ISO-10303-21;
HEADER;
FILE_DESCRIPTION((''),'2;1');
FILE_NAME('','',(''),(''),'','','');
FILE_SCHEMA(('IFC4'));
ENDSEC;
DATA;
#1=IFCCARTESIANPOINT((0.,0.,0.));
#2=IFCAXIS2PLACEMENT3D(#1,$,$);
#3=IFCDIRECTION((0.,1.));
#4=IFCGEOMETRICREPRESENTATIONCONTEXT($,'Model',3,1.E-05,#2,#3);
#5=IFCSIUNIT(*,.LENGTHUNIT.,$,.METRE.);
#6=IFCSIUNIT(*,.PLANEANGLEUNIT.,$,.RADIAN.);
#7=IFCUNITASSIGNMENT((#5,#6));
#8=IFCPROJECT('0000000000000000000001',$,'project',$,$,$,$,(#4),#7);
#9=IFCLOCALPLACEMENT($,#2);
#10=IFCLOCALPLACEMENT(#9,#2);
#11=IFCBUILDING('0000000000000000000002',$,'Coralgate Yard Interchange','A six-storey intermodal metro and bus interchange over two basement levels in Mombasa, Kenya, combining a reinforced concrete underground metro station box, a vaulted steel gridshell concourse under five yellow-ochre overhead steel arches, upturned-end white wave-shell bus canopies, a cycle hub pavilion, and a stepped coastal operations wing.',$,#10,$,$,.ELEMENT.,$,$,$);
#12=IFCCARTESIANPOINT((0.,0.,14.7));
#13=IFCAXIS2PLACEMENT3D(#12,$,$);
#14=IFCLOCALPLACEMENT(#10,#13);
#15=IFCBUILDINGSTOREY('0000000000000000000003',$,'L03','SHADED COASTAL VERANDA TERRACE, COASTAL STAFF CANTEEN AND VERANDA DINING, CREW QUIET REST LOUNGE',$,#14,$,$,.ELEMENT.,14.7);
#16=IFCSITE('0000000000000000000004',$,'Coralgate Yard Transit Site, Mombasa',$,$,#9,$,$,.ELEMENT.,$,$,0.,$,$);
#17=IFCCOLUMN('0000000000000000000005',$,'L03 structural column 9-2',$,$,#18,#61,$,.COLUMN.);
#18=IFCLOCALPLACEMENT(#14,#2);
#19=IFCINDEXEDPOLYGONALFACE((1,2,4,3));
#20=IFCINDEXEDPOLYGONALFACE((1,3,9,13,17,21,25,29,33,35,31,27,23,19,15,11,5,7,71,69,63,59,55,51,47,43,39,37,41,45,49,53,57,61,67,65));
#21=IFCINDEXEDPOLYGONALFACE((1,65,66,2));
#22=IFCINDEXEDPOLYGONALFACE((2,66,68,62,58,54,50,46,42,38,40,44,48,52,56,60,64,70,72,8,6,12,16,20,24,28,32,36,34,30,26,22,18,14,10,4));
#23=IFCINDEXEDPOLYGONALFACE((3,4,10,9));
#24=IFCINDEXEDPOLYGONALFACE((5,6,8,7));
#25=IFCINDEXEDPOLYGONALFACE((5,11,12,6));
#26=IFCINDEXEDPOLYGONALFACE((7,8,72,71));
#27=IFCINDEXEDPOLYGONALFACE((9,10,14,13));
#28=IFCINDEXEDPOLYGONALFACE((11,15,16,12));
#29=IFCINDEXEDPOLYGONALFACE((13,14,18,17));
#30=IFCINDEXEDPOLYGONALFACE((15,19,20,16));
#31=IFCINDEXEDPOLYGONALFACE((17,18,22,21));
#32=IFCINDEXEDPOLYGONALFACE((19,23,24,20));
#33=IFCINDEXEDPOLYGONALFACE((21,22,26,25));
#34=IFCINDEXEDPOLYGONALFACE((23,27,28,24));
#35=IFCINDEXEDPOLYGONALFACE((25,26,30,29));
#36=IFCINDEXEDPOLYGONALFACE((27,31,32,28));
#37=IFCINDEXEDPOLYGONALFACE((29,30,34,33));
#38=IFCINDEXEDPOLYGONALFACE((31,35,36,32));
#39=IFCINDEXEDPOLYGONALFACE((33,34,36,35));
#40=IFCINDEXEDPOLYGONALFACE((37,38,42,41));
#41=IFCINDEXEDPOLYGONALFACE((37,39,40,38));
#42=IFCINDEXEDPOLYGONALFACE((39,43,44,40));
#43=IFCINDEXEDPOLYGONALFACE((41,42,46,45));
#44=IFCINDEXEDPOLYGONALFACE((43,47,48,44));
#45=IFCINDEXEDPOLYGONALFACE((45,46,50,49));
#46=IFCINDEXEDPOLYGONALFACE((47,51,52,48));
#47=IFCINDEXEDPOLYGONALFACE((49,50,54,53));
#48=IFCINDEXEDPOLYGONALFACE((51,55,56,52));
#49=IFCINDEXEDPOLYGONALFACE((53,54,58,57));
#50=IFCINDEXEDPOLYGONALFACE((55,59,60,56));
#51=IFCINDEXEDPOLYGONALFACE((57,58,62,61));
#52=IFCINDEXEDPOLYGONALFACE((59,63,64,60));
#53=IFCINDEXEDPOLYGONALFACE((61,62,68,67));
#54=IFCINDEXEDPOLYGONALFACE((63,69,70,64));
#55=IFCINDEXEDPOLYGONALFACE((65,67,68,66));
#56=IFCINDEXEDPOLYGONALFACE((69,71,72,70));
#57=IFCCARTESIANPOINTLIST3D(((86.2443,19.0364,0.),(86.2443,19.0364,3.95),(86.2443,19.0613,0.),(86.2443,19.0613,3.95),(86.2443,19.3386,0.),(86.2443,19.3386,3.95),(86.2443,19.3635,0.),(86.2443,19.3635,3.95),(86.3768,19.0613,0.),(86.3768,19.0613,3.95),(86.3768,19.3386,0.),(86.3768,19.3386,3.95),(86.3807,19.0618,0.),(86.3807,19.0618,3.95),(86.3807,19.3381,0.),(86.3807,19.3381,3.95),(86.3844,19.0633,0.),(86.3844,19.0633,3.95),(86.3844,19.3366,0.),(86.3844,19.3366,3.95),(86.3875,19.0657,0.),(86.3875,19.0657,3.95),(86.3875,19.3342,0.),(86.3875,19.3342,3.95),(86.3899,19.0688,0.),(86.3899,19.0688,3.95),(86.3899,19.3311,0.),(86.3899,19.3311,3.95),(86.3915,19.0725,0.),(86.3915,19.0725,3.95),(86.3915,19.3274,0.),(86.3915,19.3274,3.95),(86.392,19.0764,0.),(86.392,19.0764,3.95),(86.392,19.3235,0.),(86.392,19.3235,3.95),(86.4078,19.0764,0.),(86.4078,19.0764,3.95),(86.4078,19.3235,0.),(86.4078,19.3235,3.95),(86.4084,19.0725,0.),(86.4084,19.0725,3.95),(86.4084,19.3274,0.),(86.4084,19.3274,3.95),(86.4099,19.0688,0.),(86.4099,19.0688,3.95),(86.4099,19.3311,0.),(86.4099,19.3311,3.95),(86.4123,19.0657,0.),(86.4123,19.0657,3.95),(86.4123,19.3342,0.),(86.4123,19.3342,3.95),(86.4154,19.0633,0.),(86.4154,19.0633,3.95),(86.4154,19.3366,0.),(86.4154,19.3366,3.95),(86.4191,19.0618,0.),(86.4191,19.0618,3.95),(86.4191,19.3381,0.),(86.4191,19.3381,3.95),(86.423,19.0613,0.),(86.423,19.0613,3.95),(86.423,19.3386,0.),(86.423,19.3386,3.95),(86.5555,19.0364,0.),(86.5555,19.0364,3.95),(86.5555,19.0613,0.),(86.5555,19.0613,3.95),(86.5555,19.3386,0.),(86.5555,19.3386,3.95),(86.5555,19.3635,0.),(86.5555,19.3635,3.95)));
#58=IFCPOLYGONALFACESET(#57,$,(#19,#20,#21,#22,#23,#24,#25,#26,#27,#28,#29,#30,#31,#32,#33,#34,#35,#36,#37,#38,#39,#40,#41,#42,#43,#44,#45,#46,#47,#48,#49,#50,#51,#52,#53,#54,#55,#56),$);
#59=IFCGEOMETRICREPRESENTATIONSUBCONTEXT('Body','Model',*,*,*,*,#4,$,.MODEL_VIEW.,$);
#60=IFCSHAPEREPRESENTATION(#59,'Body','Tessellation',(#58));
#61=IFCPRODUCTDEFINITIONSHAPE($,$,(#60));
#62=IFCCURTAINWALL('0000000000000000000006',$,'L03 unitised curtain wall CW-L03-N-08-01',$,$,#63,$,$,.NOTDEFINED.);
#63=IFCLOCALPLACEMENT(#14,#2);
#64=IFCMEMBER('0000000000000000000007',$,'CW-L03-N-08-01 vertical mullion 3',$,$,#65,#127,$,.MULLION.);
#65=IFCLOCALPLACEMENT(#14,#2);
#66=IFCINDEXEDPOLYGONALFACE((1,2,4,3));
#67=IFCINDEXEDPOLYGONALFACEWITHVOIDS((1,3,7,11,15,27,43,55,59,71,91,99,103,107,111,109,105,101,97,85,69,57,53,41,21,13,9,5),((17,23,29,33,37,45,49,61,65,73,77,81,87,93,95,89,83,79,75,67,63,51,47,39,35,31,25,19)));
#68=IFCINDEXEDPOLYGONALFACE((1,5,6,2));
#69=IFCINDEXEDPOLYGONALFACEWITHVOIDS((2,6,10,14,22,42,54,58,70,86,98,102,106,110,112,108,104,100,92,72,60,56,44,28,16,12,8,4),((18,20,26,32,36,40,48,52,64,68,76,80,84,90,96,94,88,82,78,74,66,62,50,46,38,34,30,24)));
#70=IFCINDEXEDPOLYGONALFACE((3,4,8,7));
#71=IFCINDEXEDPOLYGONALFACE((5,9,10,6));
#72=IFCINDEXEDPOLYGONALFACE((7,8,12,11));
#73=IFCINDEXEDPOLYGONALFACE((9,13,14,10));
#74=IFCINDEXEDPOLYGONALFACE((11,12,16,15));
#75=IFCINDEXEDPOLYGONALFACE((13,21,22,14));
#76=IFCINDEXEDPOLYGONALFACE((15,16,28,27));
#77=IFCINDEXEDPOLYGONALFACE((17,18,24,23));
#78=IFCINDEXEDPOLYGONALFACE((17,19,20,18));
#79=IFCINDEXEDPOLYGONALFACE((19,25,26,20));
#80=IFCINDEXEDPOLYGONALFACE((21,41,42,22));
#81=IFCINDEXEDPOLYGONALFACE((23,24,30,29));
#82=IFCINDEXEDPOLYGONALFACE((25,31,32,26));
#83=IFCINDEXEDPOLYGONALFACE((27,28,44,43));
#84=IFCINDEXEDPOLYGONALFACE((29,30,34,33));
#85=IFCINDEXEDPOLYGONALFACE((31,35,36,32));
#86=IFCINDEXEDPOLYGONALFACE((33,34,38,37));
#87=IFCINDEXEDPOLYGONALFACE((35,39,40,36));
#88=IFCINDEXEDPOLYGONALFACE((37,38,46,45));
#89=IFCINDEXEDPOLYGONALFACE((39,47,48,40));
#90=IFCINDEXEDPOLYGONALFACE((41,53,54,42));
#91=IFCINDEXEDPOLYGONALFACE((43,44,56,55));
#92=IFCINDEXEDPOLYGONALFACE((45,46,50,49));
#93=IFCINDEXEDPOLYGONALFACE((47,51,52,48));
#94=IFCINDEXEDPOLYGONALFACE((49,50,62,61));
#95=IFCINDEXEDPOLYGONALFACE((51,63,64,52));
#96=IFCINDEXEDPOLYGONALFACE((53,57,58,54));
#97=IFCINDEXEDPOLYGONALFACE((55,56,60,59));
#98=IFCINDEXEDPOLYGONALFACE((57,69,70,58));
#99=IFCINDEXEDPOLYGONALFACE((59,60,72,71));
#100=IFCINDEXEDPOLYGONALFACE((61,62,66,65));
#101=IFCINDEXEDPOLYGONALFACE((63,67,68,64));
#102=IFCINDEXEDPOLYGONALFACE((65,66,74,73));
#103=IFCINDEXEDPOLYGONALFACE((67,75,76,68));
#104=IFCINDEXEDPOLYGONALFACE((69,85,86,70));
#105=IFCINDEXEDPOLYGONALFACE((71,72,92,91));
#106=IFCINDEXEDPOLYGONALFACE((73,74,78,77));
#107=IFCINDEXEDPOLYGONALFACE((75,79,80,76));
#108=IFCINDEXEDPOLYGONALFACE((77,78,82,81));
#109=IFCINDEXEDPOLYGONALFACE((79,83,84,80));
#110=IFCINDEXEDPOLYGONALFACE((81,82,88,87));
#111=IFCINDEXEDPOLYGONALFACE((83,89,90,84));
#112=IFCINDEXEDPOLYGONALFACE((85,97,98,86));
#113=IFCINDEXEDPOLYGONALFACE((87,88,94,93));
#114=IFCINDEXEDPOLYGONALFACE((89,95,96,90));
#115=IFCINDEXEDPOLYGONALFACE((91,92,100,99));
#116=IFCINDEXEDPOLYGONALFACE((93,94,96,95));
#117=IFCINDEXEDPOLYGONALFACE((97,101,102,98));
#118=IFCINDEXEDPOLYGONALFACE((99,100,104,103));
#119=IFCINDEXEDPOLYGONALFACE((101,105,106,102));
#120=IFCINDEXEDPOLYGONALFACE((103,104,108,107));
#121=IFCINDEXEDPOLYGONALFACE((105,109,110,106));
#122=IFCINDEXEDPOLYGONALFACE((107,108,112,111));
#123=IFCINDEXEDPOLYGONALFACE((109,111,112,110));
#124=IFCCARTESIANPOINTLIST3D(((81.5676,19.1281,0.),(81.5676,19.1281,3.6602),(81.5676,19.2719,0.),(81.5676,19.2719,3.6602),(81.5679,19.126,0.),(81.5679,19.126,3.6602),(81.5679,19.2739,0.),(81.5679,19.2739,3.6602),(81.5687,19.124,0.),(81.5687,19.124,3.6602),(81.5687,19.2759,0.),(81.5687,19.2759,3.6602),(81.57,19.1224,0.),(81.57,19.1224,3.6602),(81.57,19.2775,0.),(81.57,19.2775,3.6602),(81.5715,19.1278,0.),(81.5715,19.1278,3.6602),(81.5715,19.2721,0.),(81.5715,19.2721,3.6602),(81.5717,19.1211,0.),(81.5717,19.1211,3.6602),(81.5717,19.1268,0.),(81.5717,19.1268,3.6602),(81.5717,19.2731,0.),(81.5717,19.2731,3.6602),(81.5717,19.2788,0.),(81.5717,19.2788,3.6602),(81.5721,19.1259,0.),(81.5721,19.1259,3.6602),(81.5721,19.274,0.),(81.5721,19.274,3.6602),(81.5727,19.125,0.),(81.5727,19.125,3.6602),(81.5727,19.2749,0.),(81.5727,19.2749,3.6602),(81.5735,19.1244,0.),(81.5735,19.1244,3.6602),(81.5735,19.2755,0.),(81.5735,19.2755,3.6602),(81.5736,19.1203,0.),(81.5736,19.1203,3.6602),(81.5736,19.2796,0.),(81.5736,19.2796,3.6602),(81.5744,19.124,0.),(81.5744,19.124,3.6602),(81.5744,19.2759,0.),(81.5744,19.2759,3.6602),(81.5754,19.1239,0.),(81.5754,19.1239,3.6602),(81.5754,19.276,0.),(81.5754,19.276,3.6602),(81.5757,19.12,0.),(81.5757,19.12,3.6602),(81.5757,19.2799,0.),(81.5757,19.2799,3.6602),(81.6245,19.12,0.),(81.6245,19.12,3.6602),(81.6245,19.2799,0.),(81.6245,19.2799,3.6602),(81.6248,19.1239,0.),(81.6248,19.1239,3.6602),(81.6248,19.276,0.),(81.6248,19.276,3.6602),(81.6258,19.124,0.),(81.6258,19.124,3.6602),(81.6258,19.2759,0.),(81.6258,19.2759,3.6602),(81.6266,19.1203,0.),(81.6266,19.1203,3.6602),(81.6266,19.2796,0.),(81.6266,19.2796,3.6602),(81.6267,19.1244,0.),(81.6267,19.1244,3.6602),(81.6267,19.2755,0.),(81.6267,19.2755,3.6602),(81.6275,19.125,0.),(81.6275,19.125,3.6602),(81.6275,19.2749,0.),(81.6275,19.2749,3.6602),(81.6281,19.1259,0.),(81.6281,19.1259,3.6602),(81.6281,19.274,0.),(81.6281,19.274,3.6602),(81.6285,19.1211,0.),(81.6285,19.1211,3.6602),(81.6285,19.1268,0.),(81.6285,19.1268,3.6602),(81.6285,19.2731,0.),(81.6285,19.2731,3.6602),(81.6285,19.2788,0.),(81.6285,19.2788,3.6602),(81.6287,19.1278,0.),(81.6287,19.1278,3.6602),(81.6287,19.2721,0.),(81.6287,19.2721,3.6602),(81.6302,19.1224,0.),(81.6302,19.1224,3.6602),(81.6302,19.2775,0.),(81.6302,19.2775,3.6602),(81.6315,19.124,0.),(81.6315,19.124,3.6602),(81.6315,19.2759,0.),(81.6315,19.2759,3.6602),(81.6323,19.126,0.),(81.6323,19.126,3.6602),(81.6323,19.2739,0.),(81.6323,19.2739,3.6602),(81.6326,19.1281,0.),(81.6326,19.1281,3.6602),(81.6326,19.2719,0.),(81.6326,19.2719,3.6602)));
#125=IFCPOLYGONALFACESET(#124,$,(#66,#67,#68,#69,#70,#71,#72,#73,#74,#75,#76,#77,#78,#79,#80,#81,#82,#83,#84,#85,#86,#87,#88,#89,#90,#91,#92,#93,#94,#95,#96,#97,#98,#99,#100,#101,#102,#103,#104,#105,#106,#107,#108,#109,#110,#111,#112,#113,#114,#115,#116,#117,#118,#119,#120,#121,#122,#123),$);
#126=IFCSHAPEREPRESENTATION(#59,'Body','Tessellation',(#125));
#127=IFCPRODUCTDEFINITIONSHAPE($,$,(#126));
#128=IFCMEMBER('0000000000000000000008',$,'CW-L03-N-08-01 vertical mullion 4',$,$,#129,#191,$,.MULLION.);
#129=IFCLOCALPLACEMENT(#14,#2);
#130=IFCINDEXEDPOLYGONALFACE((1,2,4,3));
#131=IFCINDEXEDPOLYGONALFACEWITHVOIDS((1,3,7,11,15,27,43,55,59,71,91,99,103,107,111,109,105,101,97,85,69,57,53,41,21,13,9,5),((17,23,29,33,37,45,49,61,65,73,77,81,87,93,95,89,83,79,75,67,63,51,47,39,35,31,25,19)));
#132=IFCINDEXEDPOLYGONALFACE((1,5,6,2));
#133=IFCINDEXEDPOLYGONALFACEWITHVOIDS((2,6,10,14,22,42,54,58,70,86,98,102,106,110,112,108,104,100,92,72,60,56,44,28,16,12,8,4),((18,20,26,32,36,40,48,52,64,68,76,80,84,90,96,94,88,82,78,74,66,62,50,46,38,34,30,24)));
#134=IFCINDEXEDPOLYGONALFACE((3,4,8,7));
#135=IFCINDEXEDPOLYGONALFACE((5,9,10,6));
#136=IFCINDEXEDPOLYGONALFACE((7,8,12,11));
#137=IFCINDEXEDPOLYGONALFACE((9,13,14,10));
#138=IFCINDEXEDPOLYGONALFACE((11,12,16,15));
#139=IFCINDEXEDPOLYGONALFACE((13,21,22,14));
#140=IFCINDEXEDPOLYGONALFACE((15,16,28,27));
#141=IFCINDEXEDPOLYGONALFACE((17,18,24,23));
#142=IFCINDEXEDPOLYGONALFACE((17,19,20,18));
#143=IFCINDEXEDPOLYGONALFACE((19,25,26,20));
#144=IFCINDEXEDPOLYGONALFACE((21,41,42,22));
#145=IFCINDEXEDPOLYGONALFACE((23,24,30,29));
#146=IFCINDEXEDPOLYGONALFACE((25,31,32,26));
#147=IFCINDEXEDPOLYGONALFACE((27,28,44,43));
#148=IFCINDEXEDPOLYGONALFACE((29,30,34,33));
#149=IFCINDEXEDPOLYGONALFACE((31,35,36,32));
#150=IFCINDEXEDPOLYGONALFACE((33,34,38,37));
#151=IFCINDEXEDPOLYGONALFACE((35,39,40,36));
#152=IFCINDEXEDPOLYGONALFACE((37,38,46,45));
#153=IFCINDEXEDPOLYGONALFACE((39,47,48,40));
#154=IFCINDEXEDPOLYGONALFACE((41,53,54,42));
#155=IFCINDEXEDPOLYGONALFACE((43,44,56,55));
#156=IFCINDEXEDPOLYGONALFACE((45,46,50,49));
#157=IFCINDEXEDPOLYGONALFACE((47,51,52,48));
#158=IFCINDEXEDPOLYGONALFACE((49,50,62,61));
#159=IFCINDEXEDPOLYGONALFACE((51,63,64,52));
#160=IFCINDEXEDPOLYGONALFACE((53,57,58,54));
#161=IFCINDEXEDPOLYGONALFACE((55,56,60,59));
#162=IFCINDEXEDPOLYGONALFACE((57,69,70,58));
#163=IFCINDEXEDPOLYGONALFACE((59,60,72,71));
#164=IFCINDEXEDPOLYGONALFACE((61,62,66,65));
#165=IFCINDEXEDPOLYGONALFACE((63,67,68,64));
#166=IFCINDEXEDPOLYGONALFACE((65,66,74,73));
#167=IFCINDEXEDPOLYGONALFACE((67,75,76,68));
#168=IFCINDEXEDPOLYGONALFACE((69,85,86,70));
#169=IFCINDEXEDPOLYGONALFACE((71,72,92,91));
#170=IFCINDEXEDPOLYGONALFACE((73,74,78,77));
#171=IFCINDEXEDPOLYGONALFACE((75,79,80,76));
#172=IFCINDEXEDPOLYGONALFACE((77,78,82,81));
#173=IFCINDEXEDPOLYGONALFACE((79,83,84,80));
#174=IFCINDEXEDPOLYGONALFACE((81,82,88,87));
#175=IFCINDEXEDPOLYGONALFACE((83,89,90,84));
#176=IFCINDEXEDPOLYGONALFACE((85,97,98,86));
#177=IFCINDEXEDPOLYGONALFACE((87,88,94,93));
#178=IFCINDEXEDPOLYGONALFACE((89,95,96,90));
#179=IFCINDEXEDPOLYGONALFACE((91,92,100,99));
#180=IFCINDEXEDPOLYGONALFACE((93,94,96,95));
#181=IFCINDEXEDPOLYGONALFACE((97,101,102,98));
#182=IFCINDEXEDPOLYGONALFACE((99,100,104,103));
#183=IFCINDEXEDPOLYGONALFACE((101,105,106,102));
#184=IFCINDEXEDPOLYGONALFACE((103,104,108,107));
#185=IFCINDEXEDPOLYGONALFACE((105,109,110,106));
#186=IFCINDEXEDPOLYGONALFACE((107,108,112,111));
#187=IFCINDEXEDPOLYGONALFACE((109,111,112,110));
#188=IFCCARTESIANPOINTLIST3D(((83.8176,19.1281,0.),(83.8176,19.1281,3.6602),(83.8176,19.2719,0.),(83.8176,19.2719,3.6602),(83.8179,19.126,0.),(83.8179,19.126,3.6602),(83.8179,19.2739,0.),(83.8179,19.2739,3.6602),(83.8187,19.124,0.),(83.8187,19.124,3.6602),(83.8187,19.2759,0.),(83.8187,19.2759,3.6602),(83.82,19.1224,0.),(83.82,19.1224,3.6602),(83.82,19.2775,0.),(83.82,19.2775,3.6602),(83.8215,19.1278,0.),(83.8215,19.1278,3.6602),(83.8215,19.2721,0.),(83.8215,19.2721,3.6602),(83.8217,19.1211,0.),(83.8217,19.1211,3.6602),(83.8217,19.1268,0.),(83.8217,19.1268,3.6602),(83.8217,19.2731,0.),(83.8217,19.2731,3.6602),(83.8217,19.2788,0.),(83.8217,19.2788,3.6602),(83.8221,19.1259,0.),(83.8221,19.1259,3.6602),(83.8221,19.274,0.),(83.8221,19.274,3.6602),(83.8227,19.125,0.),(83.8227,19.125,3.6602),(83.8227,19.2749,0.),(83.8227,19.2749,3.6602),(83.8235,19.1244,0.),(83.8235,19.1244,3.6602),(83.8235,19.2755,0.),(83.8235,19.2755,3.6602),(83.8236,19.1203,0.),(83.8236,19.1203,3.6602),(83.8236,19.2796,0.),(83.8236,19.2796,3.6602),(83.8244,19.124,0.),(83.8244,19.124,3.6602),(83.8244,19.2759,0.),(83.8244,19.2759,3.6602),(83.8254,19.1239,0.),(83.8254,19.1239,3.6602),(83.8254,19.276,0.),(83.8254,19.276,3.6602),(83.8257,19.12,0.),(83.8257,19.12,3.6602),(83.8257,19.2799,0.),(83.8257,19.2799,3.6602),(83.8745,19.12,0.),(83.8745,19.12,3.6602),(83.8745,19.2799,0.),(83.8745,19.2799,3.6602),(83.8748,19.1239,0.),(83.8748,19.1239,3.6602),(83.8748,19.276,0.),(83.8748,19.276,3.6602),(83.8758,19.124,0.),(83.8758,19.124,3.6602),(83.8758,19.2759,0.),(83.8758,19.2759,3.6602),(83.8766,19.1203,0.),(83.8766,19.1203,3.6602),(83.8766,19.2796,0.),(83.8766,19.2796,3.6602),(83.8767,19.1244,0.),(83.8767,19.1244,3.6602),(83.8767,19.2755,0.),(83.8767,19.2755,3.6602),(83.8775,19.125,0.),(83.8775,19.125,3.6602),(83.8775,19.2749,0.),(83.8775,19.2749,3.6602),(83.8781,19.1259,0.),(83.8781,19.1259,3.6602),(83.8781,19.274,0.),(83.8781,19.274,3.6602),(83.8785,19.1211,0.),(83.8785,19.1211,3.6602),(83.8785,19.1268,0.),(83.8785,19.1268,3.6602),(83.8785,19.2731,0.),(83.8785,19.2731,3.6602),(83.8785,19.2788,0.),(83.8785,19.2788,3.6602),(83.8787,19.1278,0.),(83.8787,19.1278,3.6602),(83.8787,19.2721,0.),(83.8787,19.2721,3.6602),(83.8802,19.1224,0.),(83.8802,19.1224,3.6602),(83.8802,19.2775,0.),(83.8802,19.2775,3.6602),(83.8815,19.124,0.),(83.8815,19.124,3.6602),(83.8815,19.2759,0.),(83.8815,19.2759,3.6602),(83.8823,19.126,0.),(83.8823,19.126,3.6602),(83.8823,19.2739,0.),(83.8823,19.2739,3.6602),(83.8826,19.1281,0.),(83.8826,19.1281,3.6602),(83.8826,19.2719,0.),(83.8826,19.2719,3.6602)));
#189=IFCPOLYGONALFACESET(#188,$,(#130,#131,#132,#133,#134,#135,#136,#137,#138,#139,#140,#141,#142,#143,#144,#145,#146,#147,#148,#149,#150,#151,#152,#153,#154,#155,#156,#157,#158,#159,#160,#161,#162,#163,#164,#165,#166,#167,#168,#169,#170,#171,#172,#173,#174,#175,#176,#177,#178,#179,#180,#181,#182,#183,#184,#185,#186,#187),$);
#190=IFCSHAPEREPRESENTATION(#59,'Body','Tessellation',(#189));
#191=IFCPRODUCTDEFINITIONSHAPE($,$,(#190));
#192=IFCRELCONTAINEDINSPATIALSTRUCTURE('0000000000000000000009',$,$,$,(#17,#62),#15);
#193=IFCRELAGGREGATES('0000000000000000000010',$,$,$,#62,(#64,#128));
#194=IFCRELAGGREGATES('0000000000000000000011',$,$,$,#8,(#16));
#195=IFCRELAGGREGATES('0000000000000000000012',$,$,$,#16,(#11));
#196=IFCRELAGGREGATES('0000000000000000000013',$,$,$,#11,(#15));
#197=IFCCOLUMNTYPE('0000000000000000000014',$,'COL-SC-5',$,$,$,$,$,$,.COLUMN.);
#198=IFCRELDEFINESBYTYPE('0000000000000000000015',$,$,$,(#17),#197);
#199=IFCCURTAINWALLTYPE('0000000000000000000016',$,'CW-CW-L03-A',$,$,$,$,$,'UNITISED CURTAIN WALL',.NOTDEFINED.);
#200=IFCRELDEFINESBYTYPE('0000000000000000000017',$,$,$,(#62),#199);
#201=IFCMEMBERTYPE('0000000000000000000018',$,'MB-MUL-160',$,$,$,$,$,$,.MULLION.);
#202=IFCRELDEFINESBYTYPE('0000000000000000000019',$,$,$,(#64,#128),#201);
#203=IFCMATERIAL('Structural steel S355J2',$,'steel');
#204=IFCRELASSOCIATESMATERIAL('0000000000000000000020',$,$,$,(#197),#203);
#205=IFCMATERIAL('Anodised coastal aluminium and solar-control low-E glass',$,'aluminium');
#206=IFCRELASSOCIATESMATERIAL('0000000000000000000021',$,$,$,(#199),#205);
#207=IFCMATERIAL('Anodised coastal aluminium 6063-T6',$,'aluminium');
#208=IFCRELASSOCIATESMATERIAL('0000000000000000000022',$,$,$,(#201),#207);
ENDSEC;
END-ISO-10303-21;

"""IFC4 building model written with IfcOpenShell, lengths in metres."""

from ifc_helpers import new_model, si_unit, direction, frame, origin, origin_2d, place, context, subcontext, project, spatial, hollow_rectangle, i_section, extrude, material, material_profile, profile_set, type_object, element, aggregate, save


model = new_model("IFC4")

# Units and contexts
model_context = context("Model", 3, precision=1e-05, world=origin(), true_north=direction((0.0, 1.0)))
body_context = subcontext(model_context, "Body", "Model", "MODEL_VIEW")
ifc_project = project(units=[si_unit("LENGTHUNIT", "METRE"), si_unit("PLANEANGLEUNIT", "RADIAN")], contexts=[model_context])

# Site, building, storey
site_placement = place(None, origin())
site = spatial("IfcSite", under=ifc_project, at=site_placement, Name="Coralgate Yard Transit Site, Mombasa", CompositionType="ELEMENT", RefElevation=0.0)
building_placement = place(site_placement, origin())
building = spatial("IfcBuilding", under=site, at=building_placement, Name="Coralgate Yard Interchange", Description="A six-storey intermodal metro and bus interchange over two basement levels in Mombasa, Kenya, combining a reinforced concrete underground metro station box, a vaulted steel gridshell concourse under five yellow-ochre overhead steel arches, upturned-end white wave-shell bus canopies, a cycle hub pavilion, and a stepped coastal operations wing.", CompositionType="ELEMENT")
storey_placement = place(building_placement, frame((0.0, 0.0, 14.7)))
storey = spatial("IfcBuildingStorey", under=building, at=storey_placement, Name="L03", Description="SHADED COASTAL VERANDA TERRACE, COASTAL STAFF CANTEEN AND VERANDA DINING, CREW QUIET REST LOUNGE", CompositionType="ELEMENT", Elevation=14.7)

# Column
ifc_material_1 = material(Name="Structural steel S355J2", Category="steel")
ifc_material_profile_1 = material_profile(ifc_material_1, i_section(OverallWidth=0.3113, OverallDepth=0.3271, WebThickness=0.0159, FlangeThickness=0.0249, FilletRadius=0.0151, at=origin_2d()), Name="UC 305x305x158")
ifc_profile_set_1 = profile_set([ifc_material_profile_1], Name="Structural steel S355J2")
column_type = type_object("IfcColumnType", Name="COL-SC-5", PredefinedType="COLUMN", material=ifc_profile_set_1)
column_placement = place(storey_placement, frame((86.3999, 19.2, 0.0), z_axis=(0.0, 0.0, 1.0), x_axis=(1.0, 0.0, 0.0)))
element("IfcColumn", 1, at=column_placement, inside=storey, type_object=column_type, Name="L03 structural column 9-2", PredefinedType="COLUMN", context=body_context, shape_type="SweptSolid", body=[
    extrude(i_section(OverallWidth=0.3113, OverallDepth=0.3271, WebThickness=0.0159, FlangeThickness=0.0249, FilletRadius=0.0151, at=origin_2d()), origin(), (0.0, 0.0, 1.0), 3.95),
])

# Curtain wall, members
ifc_material_2 = material(Name="Anodised coastal aluminium and solar-control low-E glass", Category="aluminium")
curtain_wall_type = type_object("IfcCurtainWallType", Name="CW-CW-L03-A", ElementType="UNITISED CURTAIN WALL", PredefinedType="NOTDEFINED", material=ifc_material_2)
curtain_wall_placement = place(storey_placement, origin())
curtain_wall = element("IfcCurtainWall", 2, at=curtain_wall_placement, inside=storey, type_object=curtain_wall_type, Name="L03 unitised curtain wall CW-L03-N-08-01", PredefinedType="NOTDEFINED")
ifc_material_3 = material(Name="Anodised coastal aluminium 6063-T6", Category="aluminium")
ifc_material_profile_2 = material_profile(ifc_material_3, hollow_rectangle(XDim=0.0649, YDim=0.1599, WallThickness=0.0039, InnerFilletRadius=0.0039, OuterFilletRadius=0.0081, at=origin_2d()), Name="ALU 65x160x4")
ifc_profile_set_2 = profile_set([ifc_material_profile_2], Name="Anodised coastal aluminium 6063-T6")
member_type_1 = type_object("IfcMemberType", Name="MB-MUL-160", PredefinedType="MULLION", material=ifc_profile_set_2)
member_1_placement = place(storey_placement, frame((81.6001, 19.2, 0.0), z_axis=(0.0, 0.0, 1.0), x_axis=(1.0, 0.0, 0.0)))
member_1 = element("IfcMember", 3, at=member_1_placement, type_object=member_type_1, Name="CW-L03-N-08-01 vertical mullion 3", PredefinedType="MULLION", context=body_context, shape_type="SweptSolid", body=[
    extrude(hollow_rectangle(XDim=0.0649, YDim=0.1599, WallThickness=0.0039, InnerFilletRadius=0.0039, OuterFilletRadius=0.0081, at=origin_2d()), origin(), (0.0, 0.0, 1.0), 3.6602),
])
member_2_placement = place(storey_placement, frame((83.8501, 19.2, 0.0), z_axis=(0.0, 0.0, 1.0), x_axis=(1.0, 0.0, 0.0)))
member_2 = element("IfcMember", 4, at=member_2_placement, type_object=member_type_1, Name="CW-L03-N-08-01 vertical mullion 4", PredefinedType="MULLION", context=body_context, shape_type="SweptSolid", body=[
    extrude(hollow_rectangle(XDim=0.0649, YDim=0.1599, WallThickness=0.0039, InnerFilletRadius=0.0039, OuterFilletRadius=0.0081, at=origin_2d()), origin(), (0.0, 0.0, 1.0), 3.6602),
])
aggregate(curtain_wall, [member_1, member_2])

save(model, "model.ifc")
